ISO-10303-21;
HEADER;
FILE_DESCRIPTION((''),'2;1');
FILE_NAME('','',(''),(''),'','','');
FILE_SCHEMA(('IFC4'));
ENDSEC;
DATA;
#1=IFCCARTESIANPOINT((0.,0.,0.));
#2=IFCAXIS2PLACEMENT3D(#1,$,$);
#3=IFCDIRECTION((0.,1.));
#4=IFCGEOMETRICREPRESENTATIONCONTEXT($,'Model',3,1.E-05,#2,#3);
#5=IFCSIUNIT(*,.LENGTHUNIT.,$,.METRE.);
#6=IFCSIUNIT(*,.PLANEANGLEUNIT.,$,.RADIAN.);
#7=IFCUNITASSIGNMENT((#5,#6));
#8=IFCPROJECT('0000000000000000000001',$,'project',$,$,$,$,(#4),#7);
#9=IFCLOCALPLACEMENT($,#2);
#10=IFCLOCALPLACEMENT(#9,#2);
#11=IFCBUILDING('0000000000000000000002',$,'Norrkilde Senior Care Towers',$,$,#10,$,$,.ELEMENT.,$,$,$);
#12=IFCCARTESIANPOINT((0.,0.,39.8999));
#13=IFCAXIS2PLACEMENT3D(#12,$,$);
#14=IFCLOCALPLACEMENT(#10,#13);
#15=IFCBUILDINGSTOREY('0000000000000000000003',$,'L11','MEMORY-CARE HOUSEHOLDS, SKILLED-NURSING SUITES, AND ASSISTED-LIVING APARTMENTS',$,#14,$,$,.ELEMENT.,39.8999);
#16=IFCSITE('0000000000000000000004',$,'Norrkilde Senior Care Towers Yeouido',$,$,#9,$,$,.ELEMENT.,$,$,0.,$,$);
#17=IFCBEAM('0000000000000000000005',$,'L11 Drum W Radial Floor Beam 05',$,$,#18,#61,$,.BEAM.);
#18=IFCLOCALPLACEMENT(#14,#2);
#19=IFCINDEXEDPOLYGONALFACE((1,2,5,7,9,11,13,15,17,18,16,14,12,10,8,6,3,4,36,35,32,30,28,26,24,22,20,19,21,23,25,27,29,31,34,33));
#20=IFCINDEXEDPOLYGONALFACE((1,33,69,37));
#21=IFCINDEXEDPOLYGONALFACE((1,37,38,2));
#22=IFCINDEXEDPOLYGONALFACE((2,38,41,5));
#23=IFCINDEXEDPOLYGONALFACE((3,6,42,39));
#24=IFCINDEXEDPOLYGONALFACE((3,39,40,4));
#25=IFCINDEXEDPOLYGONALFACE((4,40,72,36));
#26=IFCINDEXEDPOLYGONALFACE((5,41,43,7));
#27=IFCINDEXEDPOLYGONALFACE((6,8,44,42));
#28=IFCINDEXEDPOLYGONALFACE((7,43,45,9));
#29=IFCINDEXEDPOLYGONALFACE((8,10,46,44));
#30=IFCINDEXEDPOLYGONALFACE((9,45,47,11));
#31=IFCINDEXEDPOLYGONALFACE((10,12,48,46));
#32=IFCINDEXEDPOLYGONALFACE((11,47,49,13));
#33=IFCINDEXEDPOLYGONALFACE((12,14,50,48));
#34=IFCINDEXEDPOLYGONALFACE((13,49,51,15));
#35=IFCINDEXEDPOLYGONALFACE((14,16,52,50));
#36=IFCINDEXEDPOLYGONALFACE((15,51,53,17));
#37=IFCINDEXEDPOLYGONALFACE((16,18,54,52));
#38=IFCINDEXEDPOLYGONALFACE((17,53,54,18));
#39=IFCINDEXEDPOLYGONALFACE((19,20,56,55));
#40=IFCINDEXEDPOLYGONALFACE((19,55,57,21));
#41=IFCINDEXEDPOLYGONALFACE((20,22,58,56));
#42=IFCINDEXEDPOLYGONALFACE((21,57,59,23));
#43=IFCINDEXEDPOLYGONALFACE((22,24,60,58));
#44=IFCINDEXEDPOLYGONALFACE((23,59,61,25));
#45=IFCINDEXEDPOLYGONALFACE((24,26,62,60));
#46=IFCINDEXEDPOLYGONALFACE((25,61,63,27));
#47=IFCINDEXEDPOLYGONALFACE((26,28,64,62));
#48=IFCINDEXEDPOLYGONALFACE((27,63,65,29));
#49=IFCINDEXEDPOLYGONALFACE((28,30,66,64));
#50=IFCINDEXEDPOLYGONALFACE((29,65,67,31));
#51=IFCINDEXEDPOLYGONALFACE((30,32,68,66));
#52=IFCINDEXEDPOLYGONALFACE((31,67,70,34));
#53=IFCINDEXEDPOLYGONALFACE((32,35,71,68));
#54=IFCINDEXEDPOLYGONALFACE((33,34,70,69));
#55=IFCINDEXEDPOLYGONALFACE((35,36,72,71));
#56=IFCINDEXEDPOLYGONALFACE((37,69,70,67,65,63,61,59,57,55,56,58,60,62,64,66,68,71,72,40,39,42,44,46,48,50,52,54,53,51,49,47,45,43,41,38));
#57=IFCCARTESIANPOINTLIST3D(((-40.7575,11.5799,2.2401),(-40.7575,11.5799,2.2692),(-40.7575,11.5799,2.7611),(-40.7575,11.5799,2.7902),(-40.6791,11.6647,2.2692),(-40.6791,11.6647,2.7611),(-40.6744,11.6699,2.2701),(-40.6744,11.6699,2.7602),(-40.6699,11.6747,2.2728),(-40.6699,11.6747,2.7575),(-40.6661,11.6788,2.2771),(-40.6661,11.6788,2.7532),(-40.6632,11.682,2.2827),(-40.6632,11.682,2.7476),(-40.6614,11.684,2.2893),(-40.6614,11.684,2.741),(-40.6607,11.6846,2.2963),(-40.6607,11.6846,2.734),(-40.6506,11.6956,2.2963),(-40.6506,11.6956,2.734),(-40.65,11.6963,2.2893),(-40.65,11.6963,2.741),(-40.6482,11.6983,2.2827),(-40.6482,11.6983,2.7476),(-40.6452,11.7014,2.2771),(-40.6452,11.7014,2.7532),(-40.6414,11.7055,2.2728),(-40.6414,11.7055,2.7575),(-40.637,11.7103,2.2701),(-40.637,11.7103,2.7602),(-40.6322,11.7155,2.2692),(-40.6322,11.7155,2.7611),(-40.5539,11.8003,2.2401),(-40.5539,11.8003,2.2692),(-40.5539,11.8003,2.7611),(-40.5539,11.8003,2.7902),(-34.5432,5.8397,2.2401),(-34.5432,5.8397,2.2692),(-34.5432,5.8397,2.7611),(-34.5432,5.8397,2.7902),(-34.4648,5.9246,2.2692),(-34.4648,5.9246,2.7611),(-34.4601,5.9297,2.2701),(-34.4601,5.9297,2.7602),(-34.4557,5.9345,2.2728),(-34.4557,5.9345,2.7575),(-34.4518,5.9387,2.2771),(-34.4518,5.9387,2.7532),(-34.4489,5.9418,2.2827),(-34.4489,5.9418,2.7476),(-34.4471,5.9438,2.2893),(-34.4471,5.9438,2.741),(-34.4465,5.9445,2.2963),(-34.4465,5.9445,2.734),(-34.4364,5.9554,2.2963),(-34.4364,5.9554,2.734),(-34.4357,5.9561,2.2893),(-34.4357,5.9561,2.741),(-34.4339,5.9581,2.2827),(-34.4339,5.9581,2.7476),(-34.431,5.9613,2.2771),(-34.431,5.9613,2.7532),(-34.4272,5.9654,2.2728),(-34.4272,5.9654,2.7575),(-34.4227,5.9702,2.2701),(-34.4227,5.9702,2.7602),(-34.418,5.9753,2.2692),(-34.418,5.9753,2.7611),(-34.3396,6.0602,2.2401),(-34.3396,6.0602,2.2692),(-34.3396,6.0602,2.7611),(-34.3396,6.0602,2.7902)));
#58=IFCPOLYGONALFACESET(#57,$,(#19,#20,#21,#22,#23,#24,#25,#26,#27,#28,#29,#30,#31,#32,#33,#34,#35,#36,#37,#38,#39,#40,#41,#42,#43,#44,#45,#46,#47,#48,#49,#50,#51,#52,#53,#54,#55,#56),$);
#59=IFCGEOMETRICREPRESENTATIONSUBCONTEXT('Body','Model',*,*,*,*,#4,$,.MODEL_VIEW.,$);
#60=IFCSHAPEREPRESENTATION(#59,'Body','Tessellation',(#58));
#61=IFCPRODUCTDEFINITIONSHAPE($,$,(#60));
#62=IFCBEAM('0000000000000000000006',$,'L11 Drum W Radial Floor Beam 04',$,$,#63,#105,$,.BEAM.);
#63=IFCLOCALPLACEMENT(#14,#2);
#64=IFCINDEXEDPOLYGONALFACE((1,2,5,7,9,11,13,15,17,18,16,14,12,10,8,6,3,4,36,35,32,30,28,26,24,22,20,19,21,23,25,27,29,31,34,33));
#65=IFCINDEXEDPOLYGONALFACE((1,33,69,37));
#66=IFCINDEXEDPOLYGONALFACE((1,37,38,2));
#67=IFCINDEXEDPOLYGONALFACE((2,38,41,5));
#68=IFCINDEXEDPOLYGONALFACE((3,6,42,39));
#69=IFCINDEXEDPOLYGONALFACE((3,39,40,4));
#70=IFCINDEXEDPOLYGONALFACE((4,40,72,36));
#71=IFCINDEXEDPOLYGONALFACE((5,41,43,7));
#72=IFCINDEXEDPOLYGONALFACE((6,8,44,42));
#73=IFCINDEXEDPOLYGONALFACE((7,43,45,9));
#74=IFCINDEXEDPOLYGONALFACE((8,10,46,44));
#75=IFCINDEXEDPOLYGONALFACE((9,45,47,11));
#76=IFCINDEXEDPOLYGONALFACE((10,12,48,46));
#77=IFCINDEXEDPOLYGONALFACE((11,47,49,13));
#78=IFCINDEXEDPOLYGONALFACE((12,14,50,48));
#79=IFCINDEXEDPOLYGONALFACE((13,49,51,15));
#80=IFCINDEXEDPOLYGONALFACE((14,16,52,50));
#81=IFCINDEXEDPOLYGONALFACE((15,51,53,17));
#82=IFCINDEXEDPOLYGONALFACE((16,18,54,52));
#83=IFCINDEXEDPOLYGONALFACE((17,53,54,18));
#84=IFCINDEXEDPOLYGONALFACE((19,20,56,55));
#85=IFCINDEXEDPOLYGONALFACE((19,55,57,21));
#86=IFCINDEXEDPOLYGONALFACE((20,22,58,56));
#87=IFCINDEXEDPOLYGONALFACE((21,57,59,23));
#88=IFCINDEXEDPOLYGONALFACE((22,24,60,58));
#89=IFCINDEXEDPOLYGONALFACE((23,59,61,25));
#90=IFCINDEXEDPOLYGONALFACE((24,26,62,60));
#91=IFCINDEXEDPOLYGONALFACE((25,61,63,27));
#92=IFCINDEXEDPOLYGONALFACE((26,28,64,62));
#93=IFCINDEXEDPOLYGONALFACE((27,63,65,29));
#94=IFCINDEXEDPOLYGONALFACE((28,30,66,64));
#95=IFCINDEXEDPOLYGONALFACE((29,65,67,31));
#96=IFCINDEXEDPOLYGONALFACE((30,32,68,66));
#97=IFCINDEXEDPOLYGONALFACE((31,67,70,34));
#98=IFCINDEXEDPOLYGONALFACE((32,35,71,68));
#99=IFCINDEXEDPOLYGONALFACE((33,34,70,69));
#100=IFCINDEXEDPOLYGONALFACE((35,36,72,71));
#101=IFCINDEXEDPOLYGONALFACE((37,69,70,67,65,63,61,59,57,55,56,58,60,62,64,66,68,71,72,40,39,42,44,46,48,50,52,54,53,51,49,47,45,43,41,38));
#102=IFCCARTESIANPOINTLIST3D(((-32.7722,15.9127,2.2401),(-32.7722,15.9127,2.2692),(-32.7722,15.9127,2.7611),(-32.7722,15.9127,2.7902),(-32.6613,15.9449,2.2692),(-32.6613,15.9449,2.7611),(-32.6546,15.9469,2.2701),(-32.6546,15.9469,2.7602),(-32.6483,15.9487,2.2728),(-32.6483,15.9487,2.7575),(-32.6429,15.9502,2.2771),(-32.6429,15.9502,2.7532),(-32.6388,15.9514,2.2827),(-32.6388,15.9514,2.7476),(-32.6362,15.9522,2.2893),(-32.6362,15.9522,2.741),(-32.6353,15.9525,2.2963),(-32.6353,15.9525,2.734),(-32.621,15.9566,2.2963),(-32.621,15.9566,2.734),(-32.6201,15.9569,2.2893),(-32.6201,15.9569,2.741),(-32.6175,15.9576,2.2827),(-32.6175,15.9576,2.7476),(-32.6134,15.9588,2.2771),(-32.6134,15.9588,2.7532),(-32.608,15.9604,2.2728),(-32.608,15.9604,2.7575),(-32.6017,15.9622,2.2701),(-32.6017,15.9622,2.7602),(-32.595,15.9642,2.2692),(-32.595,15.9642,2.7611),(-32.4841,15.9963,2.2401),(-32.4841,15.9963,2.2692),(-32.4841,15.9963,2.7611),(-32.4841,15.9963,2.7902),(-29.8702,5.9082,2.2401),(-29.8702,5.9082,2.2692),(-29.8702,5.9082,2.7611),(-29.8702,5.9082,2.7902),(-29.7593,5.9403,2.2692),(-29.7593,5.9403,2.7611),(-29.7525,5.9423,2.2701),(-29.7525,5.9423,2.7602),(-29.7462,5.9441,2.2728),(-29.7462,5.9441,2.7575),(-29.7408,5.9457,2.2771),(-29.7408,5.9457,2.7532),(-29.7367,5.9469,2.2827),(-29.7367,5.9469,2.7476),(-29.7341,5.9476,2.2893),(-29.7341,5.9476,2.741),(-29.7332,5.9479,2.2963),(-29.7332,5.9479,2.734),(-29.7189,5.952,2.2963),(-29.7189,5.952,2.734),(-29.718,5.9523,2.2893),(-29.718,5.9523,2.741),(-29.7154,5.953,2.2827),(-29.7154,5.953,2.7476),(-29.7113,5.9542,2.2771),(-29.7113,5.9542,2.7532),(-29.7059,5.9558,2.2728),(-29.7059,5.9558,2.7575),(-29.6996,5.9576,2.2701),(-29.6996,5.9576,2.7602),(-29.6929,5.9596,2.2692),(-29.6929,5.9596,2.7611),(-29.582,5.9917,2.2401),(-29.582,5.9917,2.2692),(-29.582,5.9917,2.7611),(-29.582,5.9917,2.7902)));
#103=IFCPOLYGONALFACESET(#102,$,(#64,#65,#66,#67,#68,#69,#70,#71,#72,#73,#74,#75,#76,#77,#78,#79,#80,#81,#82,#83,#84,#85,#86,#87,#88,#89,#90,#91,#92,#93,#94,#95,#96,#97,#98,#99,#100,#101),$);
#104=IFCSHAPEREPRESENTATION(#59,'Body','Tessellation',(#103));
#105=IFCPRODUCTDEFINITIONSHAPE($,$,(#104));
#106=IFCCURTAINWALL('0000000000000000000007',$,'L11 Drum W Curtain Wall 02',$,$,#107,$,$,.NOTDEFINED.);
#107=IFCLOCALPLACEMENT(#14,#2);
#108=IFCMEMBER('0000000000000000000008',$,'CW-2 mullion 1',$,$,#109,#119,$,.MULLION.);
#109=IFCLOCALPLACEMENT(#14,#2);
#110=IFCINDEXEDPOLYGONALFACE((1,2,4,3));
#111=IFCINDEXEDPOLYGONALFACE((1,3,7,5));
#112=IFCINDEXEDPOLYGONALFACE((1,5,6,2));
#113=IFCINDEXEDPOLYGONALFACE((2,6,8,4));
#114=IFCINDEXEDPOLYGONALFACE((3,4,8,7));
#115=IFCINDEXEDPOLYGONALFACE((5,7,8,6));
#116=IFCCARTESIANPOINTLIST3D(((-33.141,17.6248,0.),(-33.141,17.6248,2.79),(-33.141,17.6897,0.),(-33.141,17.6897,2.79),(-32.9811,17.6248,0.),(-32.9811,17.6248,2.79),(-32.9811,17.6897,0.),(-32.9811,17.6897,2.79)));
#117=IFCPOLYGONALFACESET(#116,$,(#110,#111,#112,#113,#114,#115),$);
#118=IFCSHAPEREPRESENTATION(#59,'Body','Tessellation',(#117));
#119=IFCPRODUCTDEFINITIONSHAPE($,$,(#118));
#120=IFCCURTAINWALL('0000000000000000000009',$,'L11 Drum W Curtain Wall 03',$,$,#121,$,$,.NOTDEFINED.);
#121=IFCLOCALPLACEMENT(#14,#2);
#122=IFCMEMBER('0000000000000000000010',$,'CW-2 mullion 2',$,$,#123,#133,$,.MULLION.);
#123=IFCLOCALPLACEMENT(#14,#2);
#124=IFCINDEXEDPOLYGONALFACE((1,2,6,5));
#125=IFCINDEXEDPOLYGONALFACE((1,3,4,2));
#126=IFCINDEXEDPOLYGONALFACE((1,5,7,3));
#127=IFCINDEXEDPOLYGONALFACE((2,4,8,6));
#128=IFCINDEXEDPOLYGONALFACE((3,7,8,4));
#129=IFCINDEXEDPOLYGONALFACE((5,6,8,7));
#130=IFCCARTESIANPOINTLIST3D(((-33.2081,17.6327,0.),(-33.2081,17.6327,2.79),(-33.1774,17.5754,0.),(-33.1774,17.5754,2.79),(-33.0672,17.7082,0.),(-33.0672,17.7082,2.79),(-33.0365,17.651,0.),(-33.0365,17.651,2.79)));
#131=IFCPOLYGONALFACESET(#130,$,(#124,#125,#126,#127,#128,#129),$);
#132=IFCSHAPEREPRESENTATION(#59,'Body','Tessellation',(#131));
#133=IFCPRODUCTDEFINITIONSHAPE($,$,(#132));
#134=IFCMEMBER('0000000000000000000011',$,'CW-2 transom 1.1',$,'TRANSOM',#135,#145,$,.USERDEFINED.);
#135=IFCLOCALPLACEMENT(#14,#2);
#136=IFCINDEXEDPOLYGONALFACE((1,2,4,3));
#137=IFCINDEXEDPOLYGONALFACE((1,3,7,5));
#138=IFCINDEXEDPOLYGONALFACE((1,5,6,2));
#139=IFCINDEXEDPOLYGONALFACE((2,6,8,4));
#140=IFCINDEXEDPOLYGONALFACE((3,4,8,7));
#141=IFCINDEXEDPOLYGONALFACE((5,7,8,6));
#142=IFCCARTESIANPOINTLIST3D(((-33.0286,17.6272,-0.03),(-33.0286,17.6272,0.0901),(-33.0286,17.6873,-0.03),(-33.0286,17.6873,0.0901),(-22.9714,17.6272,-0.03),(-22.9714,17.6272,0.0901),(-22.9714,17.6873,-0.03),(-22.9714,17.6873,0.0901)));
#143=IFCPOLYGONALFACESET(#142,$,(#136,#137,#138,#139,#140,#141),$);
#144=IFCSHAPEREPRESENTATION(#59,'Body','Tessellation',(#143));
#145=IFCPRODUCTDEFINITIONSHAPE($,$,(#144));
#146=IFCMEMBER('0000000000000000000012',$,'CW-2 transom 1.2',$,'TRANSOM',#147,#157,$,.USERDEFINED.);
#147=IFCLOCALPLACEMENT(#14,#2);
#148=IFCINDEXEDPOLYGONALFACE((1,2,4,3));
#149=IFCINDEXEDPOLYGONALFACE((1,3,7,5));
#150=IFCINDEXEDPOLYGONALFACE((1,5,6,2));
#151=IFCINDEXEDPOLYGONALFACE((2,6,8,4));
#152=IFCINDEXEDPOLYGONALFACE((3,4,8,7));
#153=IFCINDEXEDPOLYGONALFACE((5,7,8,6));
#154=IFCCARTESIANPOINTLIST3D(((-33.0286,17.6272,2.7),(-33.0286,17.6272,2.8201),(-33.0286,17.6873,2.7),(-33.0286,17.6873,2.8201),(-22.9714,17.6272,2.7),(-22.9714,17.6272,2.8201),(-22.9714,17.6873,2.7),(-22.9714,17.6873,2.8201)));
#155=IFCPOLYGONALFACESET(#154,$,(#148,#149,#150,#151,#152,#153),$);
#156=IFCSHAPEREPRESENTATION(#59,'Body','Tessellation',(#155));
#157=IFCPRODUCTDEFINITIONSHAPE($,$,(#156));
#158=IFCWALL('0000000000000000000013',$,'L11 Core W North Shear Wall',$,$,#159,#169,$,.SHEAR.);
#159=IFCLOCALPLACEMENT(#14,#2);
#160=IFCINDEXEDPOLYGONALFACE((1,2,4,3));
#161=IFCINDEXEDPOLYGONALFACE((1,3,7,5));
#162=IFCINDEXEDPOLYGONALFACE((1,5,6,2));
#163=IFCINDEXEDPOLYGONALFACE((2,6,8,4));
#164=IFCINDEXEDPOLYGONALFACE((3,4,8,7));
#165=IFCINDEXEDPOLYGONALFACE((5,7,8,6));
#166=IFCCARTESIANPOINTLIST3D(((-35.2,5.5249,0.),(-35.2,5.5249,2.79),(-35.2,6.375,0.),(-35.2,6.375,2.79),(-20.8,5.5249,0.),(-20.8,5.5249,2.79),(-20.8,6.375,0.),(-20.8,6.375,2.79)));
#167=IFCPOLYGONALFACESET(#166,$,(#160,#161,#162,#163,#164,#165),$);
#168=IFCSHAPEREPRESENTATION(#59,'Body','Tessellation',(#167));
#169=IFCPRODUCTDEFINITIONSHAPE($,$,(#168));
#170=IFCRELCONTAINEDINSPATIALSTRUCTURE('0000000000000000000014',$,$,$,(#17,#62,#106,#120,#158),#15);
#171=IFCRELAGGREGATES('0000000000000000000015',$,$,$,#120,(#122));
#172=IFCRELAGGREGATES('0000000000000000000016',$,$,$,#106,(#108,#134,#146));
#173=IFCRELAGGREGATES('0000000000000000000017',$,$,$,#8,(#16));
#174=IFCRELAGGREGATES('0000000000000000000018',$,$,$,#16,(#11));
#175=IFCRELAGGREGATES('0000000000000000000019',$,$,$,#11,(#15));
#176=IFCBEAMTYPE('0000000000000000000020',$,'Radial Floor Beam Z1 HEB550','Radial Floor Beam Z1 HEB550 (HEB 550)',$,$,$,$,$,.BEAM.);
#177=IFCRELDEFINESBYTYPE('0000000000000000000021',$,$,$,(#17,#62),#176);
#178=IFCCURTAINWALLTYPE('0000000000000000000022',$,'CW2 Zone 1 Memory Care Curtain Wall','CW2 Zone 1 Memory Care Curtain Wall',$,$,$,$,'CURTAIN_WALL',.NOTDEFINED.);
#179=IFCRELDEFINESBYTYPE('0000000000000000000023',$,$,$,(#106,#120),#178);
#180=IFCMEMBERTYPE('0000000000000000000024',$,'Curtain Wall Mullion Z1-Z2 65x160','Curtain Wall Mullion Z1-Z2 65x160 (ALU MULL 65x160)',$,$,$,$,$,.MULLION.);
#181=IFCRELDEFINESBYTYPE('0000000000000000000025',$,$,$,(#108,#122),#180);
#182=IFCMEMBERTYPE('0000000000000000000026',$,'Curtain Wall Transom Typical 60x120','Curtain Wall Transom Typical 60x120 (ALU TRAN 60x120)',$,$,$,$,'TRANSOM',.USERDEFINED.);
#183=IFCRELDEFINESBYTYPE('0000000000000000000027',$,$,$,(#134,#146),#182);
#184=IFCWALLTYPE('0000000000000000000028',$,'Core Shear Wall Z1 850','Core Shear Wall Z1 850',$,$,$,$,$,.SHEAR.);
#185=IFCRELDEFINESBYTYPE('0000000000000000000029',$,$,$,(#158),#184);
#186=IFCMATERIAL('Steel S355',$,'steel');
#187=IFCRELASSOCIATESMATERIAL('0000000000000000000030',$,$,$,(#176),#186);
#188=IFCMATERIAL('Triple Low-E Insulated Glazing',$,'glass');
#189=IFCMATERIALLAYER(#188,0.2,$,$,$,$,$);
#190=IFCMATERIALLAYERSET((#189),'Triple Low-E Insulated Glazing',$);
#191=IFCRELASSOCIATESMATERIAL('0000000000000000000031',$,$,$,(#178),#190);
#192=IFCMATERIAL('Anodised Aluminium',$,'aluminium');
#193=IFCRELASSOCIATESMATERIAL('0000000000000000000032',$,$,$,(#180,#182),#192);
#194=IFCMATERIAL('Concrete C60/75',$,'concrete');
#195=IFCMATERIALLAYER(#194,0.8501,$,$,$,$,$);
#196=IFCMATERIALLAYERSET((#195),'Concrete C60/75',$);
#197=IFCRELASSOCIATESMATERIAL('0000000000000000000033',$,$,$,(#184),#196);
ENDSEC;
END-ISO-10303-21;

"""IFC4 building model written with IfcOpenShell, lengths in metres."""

from ifc_helpers import new_model, si_unit, direction, frame, frame_2d, origin, origin_2d, place, context, subcontext, project, spatial, rectangle, i_section, extrude, source, transform, mapped, material, layer, layer_set, material_profile, profile_set, type_object, type_shapes, element, aggregate, save


model = new_model("IFC4")

# Units and contexts
model_context = context("Model", 3, precision=1e-05, world=origin(), true_north=direction((0.0, 1.0)))
body_context = subcontext(model_context, "Body", "Model", "MODEL_VIEW")
ifc_project = project(units=[si_unit("LENGTHUNIT", "METRE"), si_unit("PLANEANGLEUNIT", "RADIAN")], contexts=[model_context])

# Site, building, storey
site_placement = place(None, origin())
site = spatial("IfcSite", under=ifc_project, at=site_placement, Name="Norrkilde Senior Care Towers Yeouido", CompositionType="ELEMENT", RefElevation=0.0)
building_placement = place(site_placement, origin())
building = spatial("IfcBuilding", under=site, at=building_placement, Name="Norrkilde Senior Care Towers", CompositionType="ELEMENT")
storey_placement = place(building_placement, frame((0.0, 0.0, 39.8999)))
storey = spatial("IfcBuildingStorey", under=building, at=storey_placement, Name="L11", Description="MEMORY-CARE HOUSEHOLDS, SKILLED-NURSING SUITES, AND ASSISTED-LIVING APARTMENTS", CompositionType="ELEMENT", Elevation=39.8999)

# Shared definitions
ifc_material_1 = material(Name="Concrete C60/75", Category="concrete")

# Beams
ifc_material_2 = material(Name="Steel S355", Category="steel")
ifc_material_profile_1 = material_profile(ifc_material_2, i_section(OverallWidth=0.3, OverallDepth=0.55, WebThickness=0.0149, FlangeThickness=0.0291, FilletRadius=0.0271, at=origin_2d()), Name="HEB 550")
ifc_profile_set_1 = profile_set([ifc_material_profile_1], Name="Steel S355")
beam_type_1 = type_object("IfcBeamType", Name="Radial Floor Beam Z1 HEB550", Description="Radial Floor Beam Z1 HEB550 (HEB 550)", PredefinedType="BEAM", material=ifc_profile_set_1)
shared_shape_1 = source(origin(), body_context, "Body", "SweptSolid", [
    extrude(i_section(OverallWidth=0.3, OverallDepth=0.55, WebThickness=0.0149, FlangeThickness=0.0291, FilletRadius=0.0271, at=origin_2d()), origin(), (0.0, 0.0, 1.0), 8.4597),
])
beam_1_placement = place(storey_placement, frame((-34.4414, 5.95, 2.5151), z_axis=(-0.734573, 0.678529, 0.0), x_axis=(-0.678529, -0.734573, 0.0)))
element("IfcBeam", 1, at=beam_1_placement, inside=storey, type_object=beam_type_1, Name="L11 Drum W Radial Floor Beam 05", PredefinedType="BEAM", context=body_context, shape_type="MappedRepresentation", body=[
    mapped(shared_shape_1, transform((0.0, 0.0, 0.0), x_axis=(1.0, 0.0, 0.0), y_axis=(0.0, 1.0, 0.0), z_axis=(0.0, 0.0, 1.0), scale=1.0)),
])
shared_shape_2 = source(origin(), body_context, "Body", "SweptSolid", [
    extrude(i_section(OverallWidth=0.3, OverallDepth=0.55, WebThickness=0.0149, FlangeThickness=0.0291, FilletRadius=0.0271, at=origin_2d()), origin(), (0.0, 0.0, 1.0), 10.417),
])
beam_2_placement = place(storey_placement, frame((-29.7261, 5.95, 2.5151), z_axis=(-0.278591, 0.96041, 0.0), x_axis=(-0.96041, -0.278591, 0.0)))
element("IfcBeam", 2, at=beam_2_placement, inside=storey, type_object=beam_type_1, Name="L11 Drum W Radial Floor Beam 04", PredefinedType="BEAM", context=body_context, shape_type="MappedRepresentation", body=[
    mapped(shared_shape_2, transform((0.0, 0.0, 0.0), x_axis=(1.0, 0.0, 0.0), y_axis=(0.0, 1.0, 0.0), z_axis=(0.0, 0.0, 1.0), scale=1.0)),
])

# Curtain walls, members
ifc_material_3 = material(Name="Triple Low-E Insulated Glazing", Category="glass")
ifc_layer_1 = layer(ifc_material_3, 0.2)
ifc_layer_set_1 = layer_set([ifc_layer_1], Name="Triple Low-E Insulated Glazing")
curtain_wall_type = type_object("IfcCurtainWallType", Name="CW2 Zone 1 Memory Care Curtain Wall", Description="CW2 Zone 1 Memory Care Curtain Wall", ElementType="CURTAIN_WALL", PredefinedType="NOTDEFINED", material=ifc_layer_set_1)
curtain_wall_1_placement = place(storey_placement, origin())
curtain_wall_1 = element("IfcCurtainWall", 3, at=curtain_wall_1_placement, inside=storey, type_object=curtain_wall_type, Name="L11 Drum W Curtain Wall 02", PredefinedType="NOTDEFINED")
ifc_material_4 = material(Name="Anodised Aluminium", Category="aluminium")
ifc_material_profile_2 = material_profile(ifc_material_4, rectangle(XDim=0.0649, YDim=0.1599, at=origin_2d()), Name="ALU MULL 65x160")
ifc_profile_set_2 = profile_set([ifc_material_profile_2], Name="Anodised Aluminium")
member_type_1 = type_object("IfcMemberType", Name="Curtain Wall Mullion Z1-Z2 65x160", Description="Curtain Wall Mullion Z1-Z2 65x160 (ALU MULL 65x160)", PredefinedType="MULLION", material=ifc_profile_set_2)
shared_shape_3 = source(origin(), body_context, "Body", "SweptSolid", [
    extrude(rectangle(XDim=0.0649, YDim=0.1599, at=origin_2d()), origin(), (0.0, 0.0, 1.0), 2.79),
])
type_shapes(member_type_1, [shared_shape_3])
member_1_placement = place(storey_placement, frame((-33.061, 17.6572, 0.0), z_axis=(0.0, 0.0, 1.0), x_axis=(0.0, 1.0, 0.0)))
member_1 = element("IfcMember", 4, at=member_1_placement, type_object=member_type_1, Name="CW-2 mullion 1", PredefinedType="MULLION", context=body_context, shape_type="MappedRepresentation", body=[
    mapped(shared_shape_3, transform((0.0, 0.0, 0.0), x_axis=(1.0, 0.0, 0.0), y_axis=(0.0, 1.0, 0.0), z_axis=(0.0, 0.0, 1.0), scale=1.0)),
])
curtain_wall_2_placement = place(storey_placement, origin())
curtain_wall_2 = element("IfcCurtainWall", 5, at=curtain_wall_2_placement, inside=storey, type_object=curtain_wall_type, Name="L11 Drum W Curtain Wall 03", PredefinedType="NOTDEFINED")
member_2_placement = place(storey_placement, frame((-33.1223, 17.6418, 0.0), z_axis=(0.0, 0.0, 1.0), x_axis=(-0.472608, 0.881273, 0.0)))
member_2 = element("IfcMember", 6, at=member_2_placement, type_object=member_type_1, Name="CW-2 mullion 2", PredefinedType="MULLION", context=body_context, shape_type="MappedRepresentation", body=[
    mapped(shared_shape_3, transform((0.0, 0.0, 0.0), x_axis=(1.0, 0.0, 0.0), y_axis=(0.0, 1.0, 0.0), z_axis=(0.0, 0.0, 1.0), scale=1.0)),
])
aggregate(curtain_wall_2, [member_2])

# Members
ifc_material_profile_3 = material_profile(ifc_material_4, rectangle(XDim=0.0601, YDim=0.1201, at=origin_2d()), Name="ALU TRAN 60x120")
ifc_profile_set_3 = profile_set([ifc_material_profile_3], Name="Anodised Aluminium")
member_type_2 = type_object("IfcMemberType", Name="Curtain Wall Transom Typical 60x120", Description="Curtain Wall Transom Typical 60x120 (ALU TRAN 60x120)", ElementType="TRANSOM", PredefinedType="USERDEFINED", material=ifc_profile_set_3)
shared_shape_4 = source(origin(), body_context, "Body", "SweptSolid", [
    extrude(rectangle(XDim=0.0601, YDim=0.1201, at=origin_2d()), origin(), (0.0, 0.0, 1.0), 10.0571),
])
type_shapes(member_type_2, [shared_shape_4])
member_3_placement = place(storey_placement, frame((-33.0286, 17.6572, 0.03), z_axis=(1.0, 0.0, 0.0), x_axis=(0.0, 1.0, 0.0)))
member_3 = element("IfcMember", 7, at=member_3_placement, type_object=member_type_2, Name="CW-2 transom 1.1", ObjectType="TRANSOM", PredefinedType="USERDEFINED", context=body_context, shape_type="MappedRepresentation", body=[
    mapped(shared_shape_4, transform((0.0, 0.0, 0.0), x_axis=(1.0, 0.0, 0.0), y_axis=(0.0, 1.0, 0.0), z_axis=(0.0, 0.0, 1.0), scale=1.0)),
])
member_4_placement = place(storey_placement, frame((-33.0286, 17.6572, 2.76), z_axis=(1.0, 0.0, 0.0), x_axis=(0.0, 1.0, 0.0)))
member_4 = element("IfcMember", 8, at=member_4_placement, type_object=member_type_2, Name="CW-2 transom 1.2", ObjectType="TRANSOM", PredefinedType="USERDEFINED", context=body_context, shape_type="MappedRepresentation", body=[
    mapped(shared_shape_4, transform((0.0, 0.0, 0.0), x_axis=(1.0, 0.0, 0.0), y_axis=(0.0, 1.0, 0.0), z_axis=(0.0, 0.0, 1.0), scale=1.0)),
])
aggregate(curtain_wall_1, [member_1, member_3, member_4])

# Wall
ifc_layer_2 = layer(ifc_material_1, 0.8501)
ifc_layer_set_2 = layer_set([ifc_layer_2], Name="Concrete C60/75")
wall_type_1 = type_object("IfcWallType", Name="Core Shear Wall Z1 850", Description="Core Shear Wall Z1 850", PredefinedType="SHEAR", material=ifc_layer_set_2)
shared_shape_5 = source(origin(), body_context, "Body", "SweptSolid", [
    extrude(rectangle(XDim=14.3999, YDim=0.8501, at=frame_2d((7.2, 0.0))), origin(), (0.0, 0.0, 1.0), 2.79),
])
type_shapes(wall_type_1, [shared_shape_5])
wall_1_placement = place(storey_placement, frame((-35.2, 5.95, 0.0), z_axis=(0.0, 0.0, 1.0), x_axis=(1.0, 0.0, 0.0)))
element("IfcWall", 9, at=wall_1_placement, inside=storey, type_object=wall_type_1, Name="L11 Core W North Shear Wall", PredefinedType="SHEAR", context=body_context, shape_type="MappedRepresentation", body=[
    mapped(shared_shape_5, transform((0.0, 0.0, 0.0), x_axis=(1.0, 0.0, 0.0), y_axis=(0.0, 1.0, 0.0), z_axis=(0.0, 0.0, 1.0), scale=1.0)),
])

save(model, "model.ifc")
